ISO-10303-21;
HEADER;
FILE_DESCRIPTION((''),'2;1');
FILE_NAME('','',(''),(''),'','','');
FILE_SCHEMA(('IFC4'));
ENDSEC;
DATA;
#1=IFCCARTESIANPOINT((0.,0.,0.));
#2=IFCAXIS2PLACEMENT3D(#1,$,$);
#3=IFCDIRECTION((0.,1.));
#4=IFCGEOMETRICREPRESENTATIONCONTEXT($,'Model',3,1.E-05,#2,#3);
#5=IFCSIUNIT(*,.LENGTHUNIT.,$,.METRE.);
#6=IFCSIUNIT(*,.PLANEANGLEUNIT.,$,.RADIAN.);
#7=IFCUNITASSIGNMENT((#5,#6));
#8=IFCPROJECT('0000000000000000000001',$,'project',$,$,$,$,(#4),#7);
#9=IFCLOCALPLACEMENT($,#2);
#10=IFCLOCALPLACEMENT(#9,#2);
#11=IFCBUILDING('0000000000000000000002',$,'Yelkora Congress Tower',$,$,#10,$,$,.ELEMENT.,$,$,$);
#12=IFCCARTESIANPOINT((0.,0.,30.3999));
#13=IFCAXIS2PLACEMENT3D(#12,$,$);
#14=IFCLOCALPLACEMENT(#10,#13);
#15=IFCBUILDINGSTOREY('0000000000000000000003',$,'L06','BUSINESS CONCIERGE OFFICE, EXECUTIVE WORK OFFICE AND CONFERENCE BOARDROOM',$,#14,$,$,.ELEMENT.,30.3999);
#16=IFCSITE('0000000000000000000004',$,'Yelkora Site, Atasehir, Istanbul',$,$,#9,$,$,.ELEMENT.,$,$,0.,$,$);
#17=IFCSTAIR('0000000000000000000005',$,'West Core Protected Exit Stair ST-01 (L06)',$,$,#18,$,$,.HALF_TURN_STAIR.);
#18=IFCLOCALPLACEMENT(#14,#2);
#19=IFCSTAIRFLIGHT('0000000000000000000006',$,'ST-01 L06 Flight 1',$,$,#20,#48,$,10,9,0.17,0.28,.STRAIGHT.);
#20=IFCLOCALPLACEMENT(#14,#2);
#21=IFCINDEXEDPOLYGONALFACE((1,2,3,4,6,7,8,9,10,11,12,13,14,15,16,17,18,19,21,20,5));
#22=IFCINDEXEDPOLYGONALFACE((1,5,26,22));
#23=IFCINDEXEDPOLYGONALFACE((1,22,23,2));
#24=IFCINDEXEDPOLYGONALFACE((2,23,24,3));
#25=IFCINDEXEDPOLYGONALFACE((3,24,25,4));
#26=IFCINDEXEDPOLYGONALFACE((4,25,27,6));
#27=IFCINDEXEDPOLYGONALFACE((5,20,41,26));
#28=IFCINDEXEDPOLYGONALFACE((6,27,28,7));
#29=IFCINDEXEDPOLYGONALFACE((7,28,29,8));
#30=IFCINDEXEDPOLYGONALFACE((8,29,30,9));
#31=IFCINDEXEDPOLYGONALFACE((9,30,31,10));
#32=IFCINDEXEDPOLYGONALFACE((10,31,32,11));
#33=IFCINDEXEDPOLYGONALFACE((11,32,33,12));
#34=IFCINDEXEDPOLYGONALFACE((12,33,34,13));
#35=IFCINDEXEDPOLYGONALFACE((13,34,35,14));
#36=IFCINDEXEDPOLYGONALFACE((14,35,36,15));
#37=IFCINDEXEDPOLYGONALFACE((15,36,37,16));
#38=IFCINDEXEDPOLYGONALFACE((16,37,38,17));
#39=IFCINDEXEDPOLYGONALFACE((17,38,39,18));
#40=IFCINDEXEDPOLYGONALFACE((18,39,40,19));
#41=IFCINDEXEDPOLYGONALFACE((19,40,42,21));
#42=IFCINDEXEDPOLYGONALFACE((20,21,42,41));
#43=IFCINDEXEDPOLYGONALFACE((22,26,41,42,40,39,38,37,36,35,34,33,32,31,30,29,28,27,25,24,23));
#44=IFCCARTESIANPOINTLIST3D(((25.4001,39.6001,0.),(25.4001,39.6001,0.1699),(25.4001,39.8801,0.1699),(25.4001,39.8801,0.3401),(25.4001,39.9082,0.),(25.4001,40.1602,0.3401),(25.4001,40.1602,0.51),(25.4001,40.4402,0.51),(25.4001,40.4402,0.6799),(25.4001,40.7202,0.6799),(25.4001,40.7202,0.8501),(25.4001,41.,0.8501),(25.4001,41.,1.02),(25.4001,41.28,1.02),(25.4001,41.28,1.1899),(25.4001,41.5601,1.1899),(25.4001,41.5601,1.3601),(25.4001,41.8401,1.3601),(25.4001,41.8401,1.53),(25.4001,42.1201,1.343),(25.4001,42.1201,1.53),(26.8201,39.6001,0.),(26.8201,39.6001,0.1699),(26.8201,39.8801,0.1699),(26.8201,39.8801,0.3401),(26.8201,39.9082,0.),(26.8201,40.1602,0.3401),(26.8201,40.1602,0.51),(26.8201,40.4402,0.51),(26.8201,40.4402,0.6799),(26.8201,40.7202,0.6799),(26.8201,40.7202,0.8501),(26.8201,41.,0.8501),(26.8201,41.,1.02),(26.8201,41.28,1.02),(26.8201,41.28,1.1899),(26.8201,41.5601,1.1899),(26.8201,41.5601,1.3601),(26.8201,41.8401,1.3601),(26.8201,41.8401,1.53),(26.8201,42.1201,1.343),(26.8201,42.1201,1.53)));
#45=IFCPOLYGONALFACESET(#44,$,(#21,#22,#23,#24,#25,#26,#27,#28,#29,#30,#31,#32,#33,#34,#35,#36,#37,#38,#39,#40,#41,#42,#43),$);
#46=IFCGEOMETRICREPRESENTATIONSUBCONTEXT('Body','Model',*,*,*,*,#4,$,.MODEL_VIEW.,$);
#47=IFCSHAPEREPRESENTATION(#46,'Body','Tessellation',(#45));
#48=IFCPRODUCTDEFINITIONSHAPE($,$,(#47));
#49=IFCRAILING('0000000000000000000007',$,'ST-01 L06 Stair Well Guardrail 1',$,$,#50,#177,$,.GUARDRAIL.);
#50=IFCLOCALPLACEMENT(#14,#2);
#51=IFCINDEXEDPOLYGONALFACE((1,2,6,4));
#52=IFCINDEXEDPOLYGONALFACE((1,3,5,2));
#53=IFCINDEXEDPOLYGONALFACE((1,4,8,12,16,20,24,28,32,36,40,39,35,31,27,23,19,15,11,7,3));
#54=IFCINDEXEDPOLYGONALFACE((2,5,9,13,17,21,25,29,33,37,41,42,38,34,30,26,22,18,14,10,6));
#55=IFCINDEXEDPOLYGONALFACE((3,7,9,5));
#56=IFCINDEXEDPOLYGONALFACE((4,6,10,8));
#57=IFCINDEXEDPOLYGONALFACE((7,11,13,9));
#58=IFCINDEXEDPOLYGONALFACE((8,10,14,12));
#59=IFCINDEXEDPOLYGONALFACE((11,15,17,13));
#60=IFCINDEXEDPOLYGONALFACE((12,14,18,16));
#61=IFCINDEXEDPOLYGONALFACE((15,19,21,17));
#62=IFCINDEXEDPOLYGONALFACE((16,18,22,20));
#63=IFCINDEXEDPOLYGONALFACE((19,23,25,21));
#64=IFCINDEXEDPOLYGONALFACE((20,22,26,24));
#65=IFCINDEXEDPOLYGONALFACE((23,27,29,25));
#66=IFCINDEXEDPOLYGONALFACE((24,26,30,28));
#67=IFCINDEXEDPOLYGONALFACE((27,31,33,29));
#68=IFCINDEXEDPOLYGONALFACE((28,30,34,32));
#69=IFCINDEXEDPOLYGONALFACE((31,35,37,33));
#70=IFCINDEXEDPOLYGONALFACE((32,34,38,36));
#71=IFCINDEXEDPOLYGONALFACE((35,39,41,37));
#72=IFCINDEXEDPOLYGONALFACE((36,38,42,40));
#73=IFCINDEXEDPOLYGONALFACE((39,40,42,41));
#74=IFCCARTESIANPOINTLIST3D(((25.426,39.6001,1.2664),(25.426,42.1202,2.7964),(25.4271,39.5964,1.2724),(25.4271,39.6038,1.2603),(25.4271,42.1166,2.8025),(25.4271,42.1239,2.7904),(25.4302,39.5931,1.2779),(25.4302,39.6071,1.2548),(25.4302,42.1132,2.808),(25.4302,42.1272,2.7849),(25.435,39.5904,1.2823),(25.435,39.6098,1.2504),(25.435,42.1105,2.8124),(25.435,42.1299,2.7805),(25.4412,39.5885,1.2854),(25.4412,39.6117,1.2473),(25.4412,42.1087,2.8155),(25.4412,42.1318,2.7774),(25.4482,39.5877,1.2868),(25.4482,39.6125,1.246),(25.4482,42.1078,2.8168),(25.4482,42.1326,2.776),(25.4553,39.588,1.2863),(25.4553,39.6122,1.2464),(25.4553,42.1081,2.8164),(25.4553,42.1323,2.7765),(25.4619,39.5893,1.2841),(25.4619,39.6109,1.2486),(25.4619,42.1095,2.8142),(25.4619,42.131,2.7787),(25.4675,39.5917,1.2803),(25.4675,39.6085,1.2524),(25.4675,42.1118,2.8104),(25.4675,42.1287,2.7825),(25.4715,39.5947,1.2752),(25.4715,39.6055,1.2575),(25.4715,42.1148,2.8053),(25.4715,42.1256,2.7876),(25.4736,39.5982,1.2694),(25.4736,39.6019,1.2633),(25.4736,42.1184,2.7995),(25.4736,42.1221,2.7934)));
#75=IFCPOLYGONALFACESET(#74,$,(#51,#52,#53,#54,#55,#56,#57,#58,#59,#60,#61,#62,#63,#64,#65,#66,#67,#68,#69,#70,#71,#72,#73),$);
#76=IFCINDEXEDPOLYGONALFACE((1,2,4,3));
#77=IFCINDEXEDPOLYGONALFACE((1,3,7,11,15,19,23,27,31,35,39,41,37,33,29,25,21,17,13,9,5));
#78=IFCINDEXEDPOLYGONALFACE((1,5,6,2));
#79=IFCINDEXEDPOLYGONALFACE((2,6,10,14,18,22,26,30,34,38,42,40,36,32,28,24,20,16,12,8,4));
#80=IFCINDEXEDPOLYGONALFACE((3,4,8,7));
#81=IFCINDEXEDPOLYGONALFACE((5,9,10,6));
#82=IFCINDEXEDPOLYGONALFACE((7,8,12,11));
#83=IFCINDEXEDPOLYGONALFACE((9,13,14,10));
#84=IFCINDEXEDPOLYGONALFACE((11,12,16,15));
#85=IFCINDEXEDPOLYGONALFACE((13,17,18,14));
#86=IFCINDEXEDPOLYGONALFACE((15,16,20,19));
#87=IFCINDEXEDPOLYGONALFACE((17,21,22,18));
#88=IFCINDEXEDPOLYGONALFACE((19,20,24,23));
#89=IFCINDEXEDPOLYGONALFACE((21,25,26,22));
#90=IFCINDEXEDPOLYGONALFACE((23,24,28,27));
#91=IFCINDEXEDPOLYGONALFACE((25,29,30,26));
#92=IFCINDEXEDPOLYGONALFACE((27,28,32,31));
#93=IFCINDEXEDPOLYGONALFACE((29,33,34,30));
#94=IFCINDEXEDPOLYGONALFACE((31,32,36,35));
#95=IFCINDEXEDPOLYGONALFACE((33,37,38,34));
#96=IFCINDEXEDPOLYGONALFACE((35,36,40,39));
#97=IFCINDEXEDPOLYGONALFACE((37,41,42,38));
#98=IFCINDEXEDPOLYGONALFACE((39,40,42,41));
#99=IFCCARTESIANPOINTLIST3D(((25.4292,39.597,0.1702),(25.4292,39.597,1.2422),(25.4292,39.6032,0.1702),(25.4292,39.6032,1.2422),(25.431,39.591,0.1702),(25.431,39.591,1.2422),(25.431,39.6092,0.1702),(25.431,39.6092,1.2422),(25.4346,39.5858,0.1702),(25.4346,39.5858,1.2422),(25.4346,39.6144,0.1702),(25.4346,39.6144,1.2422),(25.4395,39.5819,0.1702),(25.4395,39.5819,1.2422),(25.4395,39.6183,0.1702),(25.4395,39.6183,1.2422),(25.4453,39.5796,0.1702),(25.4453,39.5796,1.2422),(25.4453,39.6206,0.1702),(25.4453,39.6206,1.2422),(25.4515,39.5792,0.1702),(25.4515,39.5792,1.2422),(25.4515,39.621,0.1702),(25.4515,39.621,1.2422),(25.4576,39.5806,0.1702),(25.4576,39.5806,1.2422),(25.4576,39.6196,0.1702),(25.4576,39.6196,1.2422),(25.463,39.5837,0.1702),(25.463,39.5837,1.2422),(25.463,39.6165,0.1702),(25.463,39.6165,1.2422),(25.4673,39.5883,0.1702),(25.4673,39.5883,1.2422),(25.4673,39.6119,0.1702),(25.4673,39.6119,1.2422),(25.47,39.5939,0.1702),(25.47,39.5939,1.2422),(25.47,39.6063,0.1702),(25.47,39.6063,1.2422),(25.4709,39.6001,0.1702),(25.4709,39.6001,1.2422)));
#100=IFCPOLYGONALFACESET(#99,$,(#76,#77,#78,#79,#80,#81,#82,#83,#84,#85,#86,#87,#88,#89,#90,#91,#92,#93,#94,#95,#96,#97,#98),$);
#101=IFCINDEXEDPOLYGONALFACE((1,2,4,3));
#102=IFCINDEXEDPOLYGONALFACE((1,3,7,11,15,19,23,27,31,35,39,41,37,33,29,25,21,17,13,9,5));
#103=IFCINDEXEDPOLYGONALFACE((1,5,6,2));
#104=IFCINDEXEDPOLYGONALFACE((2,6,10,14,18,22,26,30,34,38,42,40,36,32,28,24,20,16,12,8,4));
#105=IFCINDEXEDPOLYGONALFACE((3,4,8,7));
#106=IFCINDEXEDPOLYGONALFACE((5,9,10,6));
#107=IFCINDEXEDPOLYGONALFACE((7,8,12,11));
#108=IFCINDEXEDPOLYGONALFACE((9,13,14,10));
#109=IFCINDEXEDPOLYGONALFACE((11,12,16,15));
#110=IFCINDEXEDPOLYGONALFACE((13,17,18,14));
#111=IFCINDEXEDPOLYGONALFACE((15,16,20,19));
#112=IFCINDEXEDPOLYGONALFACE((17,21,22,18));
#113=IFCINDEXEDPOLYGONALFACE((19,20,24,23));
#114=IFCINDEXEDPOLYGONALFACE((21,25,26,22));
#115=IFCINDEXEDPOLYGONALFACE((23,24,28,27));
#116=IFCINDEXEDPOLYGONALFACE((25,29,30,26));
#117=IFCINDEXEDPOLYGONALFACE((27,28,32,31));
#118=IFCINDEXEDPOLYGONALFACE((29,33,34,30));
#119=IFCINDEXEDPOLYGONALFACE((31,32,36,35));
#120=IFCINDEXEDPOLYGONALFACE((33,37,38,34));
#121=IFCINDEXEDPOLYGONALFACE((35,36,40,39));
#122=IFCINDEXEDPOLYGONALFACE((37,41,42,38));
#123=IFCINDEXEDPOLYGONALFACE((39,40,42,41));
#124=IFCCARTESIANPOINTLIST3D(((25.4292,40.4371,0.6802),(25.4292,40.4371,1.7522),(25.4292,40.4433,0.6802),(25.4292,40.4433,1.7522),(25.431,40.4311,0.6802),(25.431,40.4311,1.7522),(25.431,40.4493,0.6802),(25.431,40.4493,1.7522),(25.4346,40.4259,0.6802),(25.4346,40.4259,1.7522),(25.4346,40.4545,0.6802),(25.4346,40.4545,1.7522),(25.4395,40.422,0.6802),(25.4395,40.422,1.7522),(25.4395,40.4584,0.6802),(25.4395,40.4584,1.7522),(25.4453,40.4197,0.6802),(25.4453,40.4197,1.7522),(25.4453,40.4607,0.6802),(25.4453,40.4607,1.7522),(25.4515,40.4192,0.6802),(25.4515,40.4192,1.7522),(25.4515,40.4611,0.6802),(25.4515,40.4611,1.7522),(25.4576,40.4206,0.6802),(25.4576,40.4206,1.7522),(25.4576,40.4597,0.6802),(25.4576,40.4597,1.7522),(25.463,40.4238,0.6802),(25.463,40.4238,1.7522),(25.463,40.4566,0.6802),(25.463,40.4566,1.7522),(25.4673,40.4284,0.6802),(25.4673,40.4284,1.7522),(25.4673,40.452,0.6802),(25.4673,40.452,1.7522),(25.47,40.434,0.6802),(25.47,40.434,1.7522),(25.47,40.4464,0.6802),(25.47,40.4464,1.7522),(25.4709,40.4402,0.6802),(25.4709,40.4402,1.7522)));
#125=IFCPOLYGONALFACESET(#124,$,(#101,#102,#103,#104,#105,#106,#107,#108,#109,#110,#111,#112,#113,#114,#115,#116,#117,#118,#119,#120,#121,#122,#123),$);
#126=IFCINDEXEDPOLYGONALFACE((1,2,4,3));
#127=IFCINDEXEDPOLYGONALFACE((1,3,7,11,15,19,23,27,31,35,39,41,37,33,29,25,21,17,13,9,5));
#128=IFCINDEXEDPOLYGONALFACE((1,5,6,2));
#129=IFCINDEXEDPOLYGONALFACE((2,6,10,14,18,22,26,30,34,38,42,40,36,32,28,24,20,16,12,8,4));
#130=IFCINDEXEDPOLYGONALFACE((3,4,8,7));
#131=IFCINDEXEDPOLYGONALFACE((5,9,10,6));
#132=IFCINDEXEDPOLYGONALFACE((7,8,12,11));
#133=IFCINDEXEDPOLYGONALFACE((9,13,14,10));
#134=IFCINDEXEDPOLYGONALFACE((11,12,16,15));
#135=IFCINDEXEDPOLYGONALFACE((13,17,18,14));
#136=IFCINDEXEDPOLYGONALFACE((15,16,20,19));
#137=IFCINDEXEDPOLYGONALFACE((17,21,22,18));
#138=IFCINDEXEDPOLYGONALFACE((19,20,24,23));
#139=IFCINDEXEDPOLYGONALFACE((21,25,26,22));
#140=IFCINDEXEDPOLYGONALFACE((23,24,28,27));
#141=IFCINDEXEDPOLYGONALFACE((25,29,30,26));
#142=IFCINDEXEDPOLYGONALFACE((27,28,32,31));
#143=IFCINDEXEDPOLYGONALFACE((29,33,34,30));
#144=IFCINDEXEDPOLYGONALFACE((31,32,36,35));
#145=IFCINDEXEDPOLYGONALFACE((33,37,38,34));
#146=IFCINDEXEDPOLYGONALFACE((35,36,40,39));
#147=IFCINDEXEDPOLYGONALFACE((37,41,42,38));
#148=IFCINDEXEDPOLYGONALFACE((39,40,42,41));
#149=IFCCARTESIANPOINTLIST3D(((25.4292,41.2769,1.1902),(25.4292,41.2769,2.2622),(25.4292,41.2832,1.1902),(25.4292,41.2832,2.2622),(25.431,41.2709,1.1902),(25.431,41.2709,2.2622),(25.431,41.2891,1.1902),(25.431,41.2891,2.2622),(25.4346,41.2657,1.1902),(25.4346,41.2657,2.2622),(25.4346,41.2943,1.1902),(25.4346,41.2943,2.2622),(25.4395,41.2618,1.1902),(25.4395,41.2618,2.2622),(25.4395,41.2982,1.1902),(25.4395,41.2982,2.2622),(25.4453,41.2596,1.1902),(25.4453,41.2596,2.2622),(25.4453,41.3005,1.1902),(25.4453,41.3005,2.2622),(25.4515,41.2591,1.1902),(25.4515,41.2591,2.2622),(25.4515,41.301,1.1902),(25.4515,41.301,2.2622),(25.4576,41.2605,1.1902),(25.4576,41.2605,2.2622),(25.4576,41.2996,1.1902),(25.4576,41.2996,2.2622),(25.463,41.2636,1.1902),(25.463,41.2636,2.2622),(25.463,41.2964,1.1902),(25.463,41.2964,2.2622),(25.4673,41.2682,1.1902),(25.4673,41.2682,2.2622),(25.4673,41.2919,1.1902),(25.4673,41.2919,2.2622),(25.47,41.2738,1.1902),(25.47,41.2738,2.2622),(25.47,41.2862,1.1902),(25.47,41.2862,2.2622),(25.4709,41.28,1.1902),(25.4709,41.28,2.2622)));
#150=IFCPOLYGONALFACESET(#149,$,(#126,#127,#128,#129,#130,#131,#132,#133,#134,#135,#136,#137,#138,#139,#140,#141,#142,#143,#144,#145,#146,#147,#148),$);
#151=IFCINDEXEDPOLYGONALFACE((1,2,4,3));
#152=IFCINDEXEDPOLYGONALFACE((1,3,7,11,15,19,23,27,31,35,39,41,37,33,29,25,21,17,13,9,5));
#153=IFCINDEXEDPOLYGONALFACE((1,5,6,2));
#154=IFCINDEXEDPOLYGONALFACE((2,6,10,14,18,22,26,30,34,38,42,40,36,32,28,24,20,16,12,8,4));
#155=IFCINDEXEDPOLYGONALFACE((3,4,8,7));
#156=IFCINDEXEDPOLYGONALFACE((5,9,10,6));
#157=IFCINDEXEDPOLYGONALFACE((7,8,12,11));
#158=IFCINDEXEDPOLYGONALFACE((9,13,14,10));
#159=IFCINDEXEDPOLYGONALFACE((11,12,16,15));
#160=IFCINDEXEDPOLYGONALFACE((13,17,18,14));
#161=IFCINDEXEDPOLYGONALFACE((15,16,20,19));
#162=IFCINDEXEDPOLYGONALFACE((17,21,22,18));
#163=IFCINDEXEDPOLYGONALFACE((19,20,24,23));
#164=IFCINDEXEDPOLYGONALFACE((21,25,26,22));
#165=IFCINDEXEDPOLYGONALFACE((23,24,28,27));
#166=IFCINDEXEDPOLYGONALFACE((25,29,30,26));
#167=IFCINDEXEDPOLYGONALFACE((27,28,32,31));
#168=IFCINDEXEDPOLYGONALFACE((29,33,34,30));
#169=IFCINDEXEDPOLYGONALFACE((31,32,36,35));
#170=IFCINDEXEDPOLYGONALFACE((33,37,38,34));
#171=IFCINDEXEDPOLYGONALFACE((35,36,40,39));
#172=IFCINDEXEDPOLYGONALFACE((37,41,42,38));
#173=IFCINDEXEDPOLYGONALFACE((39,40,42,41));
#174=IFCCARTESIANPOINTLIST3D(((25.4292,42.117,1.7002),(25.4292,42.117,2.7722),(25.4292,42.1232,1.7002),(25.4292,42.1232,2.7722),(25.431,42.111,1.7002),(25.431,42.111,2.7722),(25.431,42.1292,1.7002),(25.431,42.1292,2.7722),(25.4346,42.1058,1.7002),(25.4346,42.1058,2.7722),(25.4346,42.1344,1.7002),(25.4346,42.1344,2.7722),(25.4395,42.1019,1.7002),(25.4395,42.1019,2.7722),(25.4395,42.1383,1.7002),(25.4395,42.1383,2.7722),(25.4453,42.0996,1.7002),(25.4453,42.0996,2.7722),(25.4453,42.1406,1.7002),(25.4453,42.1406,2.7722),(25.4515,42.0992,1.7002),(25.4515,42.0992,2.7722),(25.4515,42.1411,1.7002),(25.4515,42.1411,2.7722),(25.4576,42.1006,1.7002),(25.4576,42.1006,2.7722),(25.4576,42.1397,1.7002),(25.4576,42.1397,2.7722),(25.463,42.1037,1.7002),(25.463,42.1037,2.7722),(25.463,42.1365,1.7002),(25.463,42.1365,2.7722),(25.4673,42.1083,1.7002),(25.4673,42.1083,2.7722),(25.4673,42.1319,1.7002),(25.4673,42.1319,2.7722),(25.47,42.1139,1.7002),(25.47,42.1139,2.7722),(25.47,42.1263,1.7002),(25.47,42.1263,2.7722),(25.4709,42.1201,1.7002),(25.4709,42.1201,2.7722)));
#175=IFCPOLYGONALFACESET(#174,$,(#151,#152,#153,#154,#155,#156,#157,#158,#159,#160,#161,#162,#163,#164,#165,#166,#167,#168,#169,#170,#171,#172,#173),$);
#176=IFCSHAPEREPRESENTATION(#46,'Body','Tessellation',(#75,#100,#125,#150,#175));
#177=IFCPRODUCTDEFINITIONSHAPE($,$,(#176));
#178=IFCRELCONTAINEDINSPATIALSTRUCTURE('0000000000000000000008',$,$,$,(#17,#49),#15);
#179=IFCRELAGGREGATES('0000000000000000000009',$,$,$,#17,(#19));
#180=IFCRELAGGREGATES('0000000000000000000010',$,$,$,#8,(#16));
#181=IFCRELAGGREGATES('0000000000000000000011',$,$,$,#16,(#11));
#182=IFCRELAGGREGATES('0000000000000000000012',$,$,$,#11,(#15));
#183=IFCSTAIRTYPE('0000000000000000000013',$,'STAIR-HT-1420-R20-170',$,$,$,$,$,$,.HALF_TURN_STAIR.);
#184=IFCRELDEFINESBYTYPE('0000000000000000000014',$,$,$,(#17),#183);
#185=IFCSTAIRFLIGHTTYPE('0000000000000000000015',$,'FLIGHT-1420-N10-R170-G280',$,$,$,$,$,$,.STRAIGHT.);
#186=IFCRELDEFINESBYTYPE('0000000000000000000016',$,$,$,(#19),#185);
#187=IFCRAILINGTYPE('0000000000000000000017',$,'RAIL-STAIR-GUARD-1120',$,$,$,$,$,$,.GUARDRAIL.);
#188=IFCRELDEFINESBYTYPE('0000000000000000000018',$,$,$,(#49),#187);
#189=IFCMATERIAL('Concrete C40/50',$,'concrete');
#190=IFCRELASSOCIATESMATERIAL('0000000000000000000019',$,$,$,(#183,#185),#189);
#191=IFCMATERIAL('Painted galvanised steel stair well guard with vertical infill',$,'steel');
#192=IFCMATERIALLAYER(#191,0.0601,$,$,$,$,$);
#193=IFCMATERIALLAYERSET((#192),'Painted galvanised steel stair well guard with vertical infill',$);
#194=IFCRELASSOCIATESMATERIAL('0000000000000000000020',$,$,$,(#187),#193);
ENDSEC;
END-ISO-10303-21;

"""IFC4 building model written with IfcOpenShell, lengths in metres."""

from ifc_helpers import new_model, si_unit, direction, frame, origin, origin_2d, place, context, subcontext, project, spatial, polyline, circle, outline, extrude, material, layer, layer_set, type_object, element, aggregate, save


model = new_model("IFC4")

# Units and contexts
model_context = context("Model", 3, precision=1e-05, world=origin(), true_north=direction((0.0, 1.0)))
body_context = subcontext(model_context, "Body", "Model", "MODEL_VIEW")
ifc_project = project(units=[si_unit("LENGTHUNIT", "METRE"), si_unit("PLANEANGLEUNIT", "RADIAN")], contexts=[model_context])

# Site, building, storey
site_placement = place(None, origin())
site = spatial("IfcSite", under=ifc_project, at=site_placement, Name="Yelkora Site, Atasehir, Istanbul", CompositionType="ELEMENT", RefElevation=0.0)
building_placement = place(site_placement, origin())
building = spatial("IfcBuilding", under=site, at=building_placement, Name="Yelkora Congress Tower", CompositionType="ELEMENT")
storey_placement = place(building_placement, frame((0.0, 0.0, 30.3999)))
storey = spatial("IfcBuildingStorey", under=building, at=storey_placement, Name="L06", Description="BUSINESS CONCIERGE OFFICE, EXECUTIVE WORK OFFICE AND CONFERENCE BOARDROOM", CompositionType="ELEMENT", Elevation=30.3999)

# Stair, stair flight
ifc_material_1 = material(Name="Concrete C40/50", Category="concrete")
stair_type = type_object("IfcStairType", Name="STAIR-HT-1420-R20-170", PredefinedType="HALF_TURN_STAIR", material=ifc_material_1)
stair_placement = place(storey_placement, origin())
stair = element("IfcStair", 1, at=stair_placement, inside=storey, type_object=stair_type, Name="West Core Protected Exit Stair ST-01 (L06)", PredefinedType="HALF_TURN_STAIR")
stair_flight_type = type_object("IfcStairFlightType", Name="FLIGHT-1420-N10-R170-G280", PredefinedType="STRAIGHT", material=ifc_material_1)
stair_flight_placement = place(storey_placement, frame((26.1101, 39.6001, 0.0), z_axis=(0.0, 0.0, 1.0), x_axis=(0.0, 1.0, 0.0)))
stair_flight = element("IfcStairFlight", 2, at=stair_flight_placement, type_object=stair_flight_type, Name="ST-01 L06 Flight 1", NumberOfRisers=10, NumberOfTreads=9, PredefinedType="STRAIGHT", RiserHeight=0.17, TreadLength=0.28, context=body_context, shape_type="SweptSolid", body=[
    extrude(outline(polyline([(0.0, 0.0), (0.0, 0.1699), (0.28, 0.1699), (0.28, 0.3401), (0.5601, 0.3401), (0.5601, 0.51), (0.8401, 0.51), (0.8401, 0.6799), (1.1201, 0.6799), (1.1201, 0.8501), (1.3999, 0.8501), (1.3999, 1.02), (1.6799, 1.02), (1.6799, 1.1899), (1.96, 1.1899), (1.96, 1.3601), (2.24, 1.3601), (2.24, 1.53), (2.52, 1.53), (2.52, 1.7), (2.52, 1.343), (0.3081, 0.0), (0.0, 0.0)])), frame((0.0, 0.71, 0.0), z_axis=(0.0, -1.0, 0.0), x_axis=(1.0, 0.0, 0.0)), (0.0, 0.0, 1.0), 1.4199),
])
aggregate(stair, [stair_flight])

# Railing
ifc_material_2 = material(Name="Painted galvanised steel stair well guard with vertical infill", Category="steel")
ifc_layer_1 = layer(ifc_material_2, 0.0601)
ifc_layer_set_1 = layer_set([ifc_layer_1], Name="Painted galvanised steel stair well guard with vertical infill")
railing_type_1 = type_object("IfcRailingType", Name="RAIL-STAIR-GUARD-1120", PredefinedType="GUARDRAIL", material=ifc_layer_set_1)
railing_1_placement = place(storey_placement, frame((25.45, 39.6001, 0.1702)))
element("IfcRailing", 3, at=railing_1_placement, inside=storey, type_object=railing_type_1, Name="ST-01 L06 Stair Well Guardrail 1", PredefinedType="GUARDRAIL", context=body_context, shape_type="SweptSolid", body=[
    extrude(circle(Radius=0.0239, at=origin_2d()), frame((0.0, 0.0, 1.0962), z_axis=(0.0, 0.854785, 0.518982), x_axis=(-1.0, 0.0, 0.0)), (0.0, 0.0, 1.0), 2.9482),
    extrude(circle(Radius=0.021, at=origin_2d()), origin(), (0.0, 0.0, 1.0), 1.072),
    extrude(circle(Radius=0.021, at=origin_2d()), frame((0.0, 0.8401, 0.51)), (0.0, 0.0, 1.0), 1.072),
    extrude(circle(Radius=0.021, at=origin_2d()), frame((0.0, 1.6799, 1.02)), (0.0, 0.0, 1.0), 1.072),
    extrude(circle(Radius=0.021, at=origin_2d()), frame((0.0, 2.52, 1.53)), (0.0, 0.0, 1.0), 1.072),
])

save(model, "model.ifc")
